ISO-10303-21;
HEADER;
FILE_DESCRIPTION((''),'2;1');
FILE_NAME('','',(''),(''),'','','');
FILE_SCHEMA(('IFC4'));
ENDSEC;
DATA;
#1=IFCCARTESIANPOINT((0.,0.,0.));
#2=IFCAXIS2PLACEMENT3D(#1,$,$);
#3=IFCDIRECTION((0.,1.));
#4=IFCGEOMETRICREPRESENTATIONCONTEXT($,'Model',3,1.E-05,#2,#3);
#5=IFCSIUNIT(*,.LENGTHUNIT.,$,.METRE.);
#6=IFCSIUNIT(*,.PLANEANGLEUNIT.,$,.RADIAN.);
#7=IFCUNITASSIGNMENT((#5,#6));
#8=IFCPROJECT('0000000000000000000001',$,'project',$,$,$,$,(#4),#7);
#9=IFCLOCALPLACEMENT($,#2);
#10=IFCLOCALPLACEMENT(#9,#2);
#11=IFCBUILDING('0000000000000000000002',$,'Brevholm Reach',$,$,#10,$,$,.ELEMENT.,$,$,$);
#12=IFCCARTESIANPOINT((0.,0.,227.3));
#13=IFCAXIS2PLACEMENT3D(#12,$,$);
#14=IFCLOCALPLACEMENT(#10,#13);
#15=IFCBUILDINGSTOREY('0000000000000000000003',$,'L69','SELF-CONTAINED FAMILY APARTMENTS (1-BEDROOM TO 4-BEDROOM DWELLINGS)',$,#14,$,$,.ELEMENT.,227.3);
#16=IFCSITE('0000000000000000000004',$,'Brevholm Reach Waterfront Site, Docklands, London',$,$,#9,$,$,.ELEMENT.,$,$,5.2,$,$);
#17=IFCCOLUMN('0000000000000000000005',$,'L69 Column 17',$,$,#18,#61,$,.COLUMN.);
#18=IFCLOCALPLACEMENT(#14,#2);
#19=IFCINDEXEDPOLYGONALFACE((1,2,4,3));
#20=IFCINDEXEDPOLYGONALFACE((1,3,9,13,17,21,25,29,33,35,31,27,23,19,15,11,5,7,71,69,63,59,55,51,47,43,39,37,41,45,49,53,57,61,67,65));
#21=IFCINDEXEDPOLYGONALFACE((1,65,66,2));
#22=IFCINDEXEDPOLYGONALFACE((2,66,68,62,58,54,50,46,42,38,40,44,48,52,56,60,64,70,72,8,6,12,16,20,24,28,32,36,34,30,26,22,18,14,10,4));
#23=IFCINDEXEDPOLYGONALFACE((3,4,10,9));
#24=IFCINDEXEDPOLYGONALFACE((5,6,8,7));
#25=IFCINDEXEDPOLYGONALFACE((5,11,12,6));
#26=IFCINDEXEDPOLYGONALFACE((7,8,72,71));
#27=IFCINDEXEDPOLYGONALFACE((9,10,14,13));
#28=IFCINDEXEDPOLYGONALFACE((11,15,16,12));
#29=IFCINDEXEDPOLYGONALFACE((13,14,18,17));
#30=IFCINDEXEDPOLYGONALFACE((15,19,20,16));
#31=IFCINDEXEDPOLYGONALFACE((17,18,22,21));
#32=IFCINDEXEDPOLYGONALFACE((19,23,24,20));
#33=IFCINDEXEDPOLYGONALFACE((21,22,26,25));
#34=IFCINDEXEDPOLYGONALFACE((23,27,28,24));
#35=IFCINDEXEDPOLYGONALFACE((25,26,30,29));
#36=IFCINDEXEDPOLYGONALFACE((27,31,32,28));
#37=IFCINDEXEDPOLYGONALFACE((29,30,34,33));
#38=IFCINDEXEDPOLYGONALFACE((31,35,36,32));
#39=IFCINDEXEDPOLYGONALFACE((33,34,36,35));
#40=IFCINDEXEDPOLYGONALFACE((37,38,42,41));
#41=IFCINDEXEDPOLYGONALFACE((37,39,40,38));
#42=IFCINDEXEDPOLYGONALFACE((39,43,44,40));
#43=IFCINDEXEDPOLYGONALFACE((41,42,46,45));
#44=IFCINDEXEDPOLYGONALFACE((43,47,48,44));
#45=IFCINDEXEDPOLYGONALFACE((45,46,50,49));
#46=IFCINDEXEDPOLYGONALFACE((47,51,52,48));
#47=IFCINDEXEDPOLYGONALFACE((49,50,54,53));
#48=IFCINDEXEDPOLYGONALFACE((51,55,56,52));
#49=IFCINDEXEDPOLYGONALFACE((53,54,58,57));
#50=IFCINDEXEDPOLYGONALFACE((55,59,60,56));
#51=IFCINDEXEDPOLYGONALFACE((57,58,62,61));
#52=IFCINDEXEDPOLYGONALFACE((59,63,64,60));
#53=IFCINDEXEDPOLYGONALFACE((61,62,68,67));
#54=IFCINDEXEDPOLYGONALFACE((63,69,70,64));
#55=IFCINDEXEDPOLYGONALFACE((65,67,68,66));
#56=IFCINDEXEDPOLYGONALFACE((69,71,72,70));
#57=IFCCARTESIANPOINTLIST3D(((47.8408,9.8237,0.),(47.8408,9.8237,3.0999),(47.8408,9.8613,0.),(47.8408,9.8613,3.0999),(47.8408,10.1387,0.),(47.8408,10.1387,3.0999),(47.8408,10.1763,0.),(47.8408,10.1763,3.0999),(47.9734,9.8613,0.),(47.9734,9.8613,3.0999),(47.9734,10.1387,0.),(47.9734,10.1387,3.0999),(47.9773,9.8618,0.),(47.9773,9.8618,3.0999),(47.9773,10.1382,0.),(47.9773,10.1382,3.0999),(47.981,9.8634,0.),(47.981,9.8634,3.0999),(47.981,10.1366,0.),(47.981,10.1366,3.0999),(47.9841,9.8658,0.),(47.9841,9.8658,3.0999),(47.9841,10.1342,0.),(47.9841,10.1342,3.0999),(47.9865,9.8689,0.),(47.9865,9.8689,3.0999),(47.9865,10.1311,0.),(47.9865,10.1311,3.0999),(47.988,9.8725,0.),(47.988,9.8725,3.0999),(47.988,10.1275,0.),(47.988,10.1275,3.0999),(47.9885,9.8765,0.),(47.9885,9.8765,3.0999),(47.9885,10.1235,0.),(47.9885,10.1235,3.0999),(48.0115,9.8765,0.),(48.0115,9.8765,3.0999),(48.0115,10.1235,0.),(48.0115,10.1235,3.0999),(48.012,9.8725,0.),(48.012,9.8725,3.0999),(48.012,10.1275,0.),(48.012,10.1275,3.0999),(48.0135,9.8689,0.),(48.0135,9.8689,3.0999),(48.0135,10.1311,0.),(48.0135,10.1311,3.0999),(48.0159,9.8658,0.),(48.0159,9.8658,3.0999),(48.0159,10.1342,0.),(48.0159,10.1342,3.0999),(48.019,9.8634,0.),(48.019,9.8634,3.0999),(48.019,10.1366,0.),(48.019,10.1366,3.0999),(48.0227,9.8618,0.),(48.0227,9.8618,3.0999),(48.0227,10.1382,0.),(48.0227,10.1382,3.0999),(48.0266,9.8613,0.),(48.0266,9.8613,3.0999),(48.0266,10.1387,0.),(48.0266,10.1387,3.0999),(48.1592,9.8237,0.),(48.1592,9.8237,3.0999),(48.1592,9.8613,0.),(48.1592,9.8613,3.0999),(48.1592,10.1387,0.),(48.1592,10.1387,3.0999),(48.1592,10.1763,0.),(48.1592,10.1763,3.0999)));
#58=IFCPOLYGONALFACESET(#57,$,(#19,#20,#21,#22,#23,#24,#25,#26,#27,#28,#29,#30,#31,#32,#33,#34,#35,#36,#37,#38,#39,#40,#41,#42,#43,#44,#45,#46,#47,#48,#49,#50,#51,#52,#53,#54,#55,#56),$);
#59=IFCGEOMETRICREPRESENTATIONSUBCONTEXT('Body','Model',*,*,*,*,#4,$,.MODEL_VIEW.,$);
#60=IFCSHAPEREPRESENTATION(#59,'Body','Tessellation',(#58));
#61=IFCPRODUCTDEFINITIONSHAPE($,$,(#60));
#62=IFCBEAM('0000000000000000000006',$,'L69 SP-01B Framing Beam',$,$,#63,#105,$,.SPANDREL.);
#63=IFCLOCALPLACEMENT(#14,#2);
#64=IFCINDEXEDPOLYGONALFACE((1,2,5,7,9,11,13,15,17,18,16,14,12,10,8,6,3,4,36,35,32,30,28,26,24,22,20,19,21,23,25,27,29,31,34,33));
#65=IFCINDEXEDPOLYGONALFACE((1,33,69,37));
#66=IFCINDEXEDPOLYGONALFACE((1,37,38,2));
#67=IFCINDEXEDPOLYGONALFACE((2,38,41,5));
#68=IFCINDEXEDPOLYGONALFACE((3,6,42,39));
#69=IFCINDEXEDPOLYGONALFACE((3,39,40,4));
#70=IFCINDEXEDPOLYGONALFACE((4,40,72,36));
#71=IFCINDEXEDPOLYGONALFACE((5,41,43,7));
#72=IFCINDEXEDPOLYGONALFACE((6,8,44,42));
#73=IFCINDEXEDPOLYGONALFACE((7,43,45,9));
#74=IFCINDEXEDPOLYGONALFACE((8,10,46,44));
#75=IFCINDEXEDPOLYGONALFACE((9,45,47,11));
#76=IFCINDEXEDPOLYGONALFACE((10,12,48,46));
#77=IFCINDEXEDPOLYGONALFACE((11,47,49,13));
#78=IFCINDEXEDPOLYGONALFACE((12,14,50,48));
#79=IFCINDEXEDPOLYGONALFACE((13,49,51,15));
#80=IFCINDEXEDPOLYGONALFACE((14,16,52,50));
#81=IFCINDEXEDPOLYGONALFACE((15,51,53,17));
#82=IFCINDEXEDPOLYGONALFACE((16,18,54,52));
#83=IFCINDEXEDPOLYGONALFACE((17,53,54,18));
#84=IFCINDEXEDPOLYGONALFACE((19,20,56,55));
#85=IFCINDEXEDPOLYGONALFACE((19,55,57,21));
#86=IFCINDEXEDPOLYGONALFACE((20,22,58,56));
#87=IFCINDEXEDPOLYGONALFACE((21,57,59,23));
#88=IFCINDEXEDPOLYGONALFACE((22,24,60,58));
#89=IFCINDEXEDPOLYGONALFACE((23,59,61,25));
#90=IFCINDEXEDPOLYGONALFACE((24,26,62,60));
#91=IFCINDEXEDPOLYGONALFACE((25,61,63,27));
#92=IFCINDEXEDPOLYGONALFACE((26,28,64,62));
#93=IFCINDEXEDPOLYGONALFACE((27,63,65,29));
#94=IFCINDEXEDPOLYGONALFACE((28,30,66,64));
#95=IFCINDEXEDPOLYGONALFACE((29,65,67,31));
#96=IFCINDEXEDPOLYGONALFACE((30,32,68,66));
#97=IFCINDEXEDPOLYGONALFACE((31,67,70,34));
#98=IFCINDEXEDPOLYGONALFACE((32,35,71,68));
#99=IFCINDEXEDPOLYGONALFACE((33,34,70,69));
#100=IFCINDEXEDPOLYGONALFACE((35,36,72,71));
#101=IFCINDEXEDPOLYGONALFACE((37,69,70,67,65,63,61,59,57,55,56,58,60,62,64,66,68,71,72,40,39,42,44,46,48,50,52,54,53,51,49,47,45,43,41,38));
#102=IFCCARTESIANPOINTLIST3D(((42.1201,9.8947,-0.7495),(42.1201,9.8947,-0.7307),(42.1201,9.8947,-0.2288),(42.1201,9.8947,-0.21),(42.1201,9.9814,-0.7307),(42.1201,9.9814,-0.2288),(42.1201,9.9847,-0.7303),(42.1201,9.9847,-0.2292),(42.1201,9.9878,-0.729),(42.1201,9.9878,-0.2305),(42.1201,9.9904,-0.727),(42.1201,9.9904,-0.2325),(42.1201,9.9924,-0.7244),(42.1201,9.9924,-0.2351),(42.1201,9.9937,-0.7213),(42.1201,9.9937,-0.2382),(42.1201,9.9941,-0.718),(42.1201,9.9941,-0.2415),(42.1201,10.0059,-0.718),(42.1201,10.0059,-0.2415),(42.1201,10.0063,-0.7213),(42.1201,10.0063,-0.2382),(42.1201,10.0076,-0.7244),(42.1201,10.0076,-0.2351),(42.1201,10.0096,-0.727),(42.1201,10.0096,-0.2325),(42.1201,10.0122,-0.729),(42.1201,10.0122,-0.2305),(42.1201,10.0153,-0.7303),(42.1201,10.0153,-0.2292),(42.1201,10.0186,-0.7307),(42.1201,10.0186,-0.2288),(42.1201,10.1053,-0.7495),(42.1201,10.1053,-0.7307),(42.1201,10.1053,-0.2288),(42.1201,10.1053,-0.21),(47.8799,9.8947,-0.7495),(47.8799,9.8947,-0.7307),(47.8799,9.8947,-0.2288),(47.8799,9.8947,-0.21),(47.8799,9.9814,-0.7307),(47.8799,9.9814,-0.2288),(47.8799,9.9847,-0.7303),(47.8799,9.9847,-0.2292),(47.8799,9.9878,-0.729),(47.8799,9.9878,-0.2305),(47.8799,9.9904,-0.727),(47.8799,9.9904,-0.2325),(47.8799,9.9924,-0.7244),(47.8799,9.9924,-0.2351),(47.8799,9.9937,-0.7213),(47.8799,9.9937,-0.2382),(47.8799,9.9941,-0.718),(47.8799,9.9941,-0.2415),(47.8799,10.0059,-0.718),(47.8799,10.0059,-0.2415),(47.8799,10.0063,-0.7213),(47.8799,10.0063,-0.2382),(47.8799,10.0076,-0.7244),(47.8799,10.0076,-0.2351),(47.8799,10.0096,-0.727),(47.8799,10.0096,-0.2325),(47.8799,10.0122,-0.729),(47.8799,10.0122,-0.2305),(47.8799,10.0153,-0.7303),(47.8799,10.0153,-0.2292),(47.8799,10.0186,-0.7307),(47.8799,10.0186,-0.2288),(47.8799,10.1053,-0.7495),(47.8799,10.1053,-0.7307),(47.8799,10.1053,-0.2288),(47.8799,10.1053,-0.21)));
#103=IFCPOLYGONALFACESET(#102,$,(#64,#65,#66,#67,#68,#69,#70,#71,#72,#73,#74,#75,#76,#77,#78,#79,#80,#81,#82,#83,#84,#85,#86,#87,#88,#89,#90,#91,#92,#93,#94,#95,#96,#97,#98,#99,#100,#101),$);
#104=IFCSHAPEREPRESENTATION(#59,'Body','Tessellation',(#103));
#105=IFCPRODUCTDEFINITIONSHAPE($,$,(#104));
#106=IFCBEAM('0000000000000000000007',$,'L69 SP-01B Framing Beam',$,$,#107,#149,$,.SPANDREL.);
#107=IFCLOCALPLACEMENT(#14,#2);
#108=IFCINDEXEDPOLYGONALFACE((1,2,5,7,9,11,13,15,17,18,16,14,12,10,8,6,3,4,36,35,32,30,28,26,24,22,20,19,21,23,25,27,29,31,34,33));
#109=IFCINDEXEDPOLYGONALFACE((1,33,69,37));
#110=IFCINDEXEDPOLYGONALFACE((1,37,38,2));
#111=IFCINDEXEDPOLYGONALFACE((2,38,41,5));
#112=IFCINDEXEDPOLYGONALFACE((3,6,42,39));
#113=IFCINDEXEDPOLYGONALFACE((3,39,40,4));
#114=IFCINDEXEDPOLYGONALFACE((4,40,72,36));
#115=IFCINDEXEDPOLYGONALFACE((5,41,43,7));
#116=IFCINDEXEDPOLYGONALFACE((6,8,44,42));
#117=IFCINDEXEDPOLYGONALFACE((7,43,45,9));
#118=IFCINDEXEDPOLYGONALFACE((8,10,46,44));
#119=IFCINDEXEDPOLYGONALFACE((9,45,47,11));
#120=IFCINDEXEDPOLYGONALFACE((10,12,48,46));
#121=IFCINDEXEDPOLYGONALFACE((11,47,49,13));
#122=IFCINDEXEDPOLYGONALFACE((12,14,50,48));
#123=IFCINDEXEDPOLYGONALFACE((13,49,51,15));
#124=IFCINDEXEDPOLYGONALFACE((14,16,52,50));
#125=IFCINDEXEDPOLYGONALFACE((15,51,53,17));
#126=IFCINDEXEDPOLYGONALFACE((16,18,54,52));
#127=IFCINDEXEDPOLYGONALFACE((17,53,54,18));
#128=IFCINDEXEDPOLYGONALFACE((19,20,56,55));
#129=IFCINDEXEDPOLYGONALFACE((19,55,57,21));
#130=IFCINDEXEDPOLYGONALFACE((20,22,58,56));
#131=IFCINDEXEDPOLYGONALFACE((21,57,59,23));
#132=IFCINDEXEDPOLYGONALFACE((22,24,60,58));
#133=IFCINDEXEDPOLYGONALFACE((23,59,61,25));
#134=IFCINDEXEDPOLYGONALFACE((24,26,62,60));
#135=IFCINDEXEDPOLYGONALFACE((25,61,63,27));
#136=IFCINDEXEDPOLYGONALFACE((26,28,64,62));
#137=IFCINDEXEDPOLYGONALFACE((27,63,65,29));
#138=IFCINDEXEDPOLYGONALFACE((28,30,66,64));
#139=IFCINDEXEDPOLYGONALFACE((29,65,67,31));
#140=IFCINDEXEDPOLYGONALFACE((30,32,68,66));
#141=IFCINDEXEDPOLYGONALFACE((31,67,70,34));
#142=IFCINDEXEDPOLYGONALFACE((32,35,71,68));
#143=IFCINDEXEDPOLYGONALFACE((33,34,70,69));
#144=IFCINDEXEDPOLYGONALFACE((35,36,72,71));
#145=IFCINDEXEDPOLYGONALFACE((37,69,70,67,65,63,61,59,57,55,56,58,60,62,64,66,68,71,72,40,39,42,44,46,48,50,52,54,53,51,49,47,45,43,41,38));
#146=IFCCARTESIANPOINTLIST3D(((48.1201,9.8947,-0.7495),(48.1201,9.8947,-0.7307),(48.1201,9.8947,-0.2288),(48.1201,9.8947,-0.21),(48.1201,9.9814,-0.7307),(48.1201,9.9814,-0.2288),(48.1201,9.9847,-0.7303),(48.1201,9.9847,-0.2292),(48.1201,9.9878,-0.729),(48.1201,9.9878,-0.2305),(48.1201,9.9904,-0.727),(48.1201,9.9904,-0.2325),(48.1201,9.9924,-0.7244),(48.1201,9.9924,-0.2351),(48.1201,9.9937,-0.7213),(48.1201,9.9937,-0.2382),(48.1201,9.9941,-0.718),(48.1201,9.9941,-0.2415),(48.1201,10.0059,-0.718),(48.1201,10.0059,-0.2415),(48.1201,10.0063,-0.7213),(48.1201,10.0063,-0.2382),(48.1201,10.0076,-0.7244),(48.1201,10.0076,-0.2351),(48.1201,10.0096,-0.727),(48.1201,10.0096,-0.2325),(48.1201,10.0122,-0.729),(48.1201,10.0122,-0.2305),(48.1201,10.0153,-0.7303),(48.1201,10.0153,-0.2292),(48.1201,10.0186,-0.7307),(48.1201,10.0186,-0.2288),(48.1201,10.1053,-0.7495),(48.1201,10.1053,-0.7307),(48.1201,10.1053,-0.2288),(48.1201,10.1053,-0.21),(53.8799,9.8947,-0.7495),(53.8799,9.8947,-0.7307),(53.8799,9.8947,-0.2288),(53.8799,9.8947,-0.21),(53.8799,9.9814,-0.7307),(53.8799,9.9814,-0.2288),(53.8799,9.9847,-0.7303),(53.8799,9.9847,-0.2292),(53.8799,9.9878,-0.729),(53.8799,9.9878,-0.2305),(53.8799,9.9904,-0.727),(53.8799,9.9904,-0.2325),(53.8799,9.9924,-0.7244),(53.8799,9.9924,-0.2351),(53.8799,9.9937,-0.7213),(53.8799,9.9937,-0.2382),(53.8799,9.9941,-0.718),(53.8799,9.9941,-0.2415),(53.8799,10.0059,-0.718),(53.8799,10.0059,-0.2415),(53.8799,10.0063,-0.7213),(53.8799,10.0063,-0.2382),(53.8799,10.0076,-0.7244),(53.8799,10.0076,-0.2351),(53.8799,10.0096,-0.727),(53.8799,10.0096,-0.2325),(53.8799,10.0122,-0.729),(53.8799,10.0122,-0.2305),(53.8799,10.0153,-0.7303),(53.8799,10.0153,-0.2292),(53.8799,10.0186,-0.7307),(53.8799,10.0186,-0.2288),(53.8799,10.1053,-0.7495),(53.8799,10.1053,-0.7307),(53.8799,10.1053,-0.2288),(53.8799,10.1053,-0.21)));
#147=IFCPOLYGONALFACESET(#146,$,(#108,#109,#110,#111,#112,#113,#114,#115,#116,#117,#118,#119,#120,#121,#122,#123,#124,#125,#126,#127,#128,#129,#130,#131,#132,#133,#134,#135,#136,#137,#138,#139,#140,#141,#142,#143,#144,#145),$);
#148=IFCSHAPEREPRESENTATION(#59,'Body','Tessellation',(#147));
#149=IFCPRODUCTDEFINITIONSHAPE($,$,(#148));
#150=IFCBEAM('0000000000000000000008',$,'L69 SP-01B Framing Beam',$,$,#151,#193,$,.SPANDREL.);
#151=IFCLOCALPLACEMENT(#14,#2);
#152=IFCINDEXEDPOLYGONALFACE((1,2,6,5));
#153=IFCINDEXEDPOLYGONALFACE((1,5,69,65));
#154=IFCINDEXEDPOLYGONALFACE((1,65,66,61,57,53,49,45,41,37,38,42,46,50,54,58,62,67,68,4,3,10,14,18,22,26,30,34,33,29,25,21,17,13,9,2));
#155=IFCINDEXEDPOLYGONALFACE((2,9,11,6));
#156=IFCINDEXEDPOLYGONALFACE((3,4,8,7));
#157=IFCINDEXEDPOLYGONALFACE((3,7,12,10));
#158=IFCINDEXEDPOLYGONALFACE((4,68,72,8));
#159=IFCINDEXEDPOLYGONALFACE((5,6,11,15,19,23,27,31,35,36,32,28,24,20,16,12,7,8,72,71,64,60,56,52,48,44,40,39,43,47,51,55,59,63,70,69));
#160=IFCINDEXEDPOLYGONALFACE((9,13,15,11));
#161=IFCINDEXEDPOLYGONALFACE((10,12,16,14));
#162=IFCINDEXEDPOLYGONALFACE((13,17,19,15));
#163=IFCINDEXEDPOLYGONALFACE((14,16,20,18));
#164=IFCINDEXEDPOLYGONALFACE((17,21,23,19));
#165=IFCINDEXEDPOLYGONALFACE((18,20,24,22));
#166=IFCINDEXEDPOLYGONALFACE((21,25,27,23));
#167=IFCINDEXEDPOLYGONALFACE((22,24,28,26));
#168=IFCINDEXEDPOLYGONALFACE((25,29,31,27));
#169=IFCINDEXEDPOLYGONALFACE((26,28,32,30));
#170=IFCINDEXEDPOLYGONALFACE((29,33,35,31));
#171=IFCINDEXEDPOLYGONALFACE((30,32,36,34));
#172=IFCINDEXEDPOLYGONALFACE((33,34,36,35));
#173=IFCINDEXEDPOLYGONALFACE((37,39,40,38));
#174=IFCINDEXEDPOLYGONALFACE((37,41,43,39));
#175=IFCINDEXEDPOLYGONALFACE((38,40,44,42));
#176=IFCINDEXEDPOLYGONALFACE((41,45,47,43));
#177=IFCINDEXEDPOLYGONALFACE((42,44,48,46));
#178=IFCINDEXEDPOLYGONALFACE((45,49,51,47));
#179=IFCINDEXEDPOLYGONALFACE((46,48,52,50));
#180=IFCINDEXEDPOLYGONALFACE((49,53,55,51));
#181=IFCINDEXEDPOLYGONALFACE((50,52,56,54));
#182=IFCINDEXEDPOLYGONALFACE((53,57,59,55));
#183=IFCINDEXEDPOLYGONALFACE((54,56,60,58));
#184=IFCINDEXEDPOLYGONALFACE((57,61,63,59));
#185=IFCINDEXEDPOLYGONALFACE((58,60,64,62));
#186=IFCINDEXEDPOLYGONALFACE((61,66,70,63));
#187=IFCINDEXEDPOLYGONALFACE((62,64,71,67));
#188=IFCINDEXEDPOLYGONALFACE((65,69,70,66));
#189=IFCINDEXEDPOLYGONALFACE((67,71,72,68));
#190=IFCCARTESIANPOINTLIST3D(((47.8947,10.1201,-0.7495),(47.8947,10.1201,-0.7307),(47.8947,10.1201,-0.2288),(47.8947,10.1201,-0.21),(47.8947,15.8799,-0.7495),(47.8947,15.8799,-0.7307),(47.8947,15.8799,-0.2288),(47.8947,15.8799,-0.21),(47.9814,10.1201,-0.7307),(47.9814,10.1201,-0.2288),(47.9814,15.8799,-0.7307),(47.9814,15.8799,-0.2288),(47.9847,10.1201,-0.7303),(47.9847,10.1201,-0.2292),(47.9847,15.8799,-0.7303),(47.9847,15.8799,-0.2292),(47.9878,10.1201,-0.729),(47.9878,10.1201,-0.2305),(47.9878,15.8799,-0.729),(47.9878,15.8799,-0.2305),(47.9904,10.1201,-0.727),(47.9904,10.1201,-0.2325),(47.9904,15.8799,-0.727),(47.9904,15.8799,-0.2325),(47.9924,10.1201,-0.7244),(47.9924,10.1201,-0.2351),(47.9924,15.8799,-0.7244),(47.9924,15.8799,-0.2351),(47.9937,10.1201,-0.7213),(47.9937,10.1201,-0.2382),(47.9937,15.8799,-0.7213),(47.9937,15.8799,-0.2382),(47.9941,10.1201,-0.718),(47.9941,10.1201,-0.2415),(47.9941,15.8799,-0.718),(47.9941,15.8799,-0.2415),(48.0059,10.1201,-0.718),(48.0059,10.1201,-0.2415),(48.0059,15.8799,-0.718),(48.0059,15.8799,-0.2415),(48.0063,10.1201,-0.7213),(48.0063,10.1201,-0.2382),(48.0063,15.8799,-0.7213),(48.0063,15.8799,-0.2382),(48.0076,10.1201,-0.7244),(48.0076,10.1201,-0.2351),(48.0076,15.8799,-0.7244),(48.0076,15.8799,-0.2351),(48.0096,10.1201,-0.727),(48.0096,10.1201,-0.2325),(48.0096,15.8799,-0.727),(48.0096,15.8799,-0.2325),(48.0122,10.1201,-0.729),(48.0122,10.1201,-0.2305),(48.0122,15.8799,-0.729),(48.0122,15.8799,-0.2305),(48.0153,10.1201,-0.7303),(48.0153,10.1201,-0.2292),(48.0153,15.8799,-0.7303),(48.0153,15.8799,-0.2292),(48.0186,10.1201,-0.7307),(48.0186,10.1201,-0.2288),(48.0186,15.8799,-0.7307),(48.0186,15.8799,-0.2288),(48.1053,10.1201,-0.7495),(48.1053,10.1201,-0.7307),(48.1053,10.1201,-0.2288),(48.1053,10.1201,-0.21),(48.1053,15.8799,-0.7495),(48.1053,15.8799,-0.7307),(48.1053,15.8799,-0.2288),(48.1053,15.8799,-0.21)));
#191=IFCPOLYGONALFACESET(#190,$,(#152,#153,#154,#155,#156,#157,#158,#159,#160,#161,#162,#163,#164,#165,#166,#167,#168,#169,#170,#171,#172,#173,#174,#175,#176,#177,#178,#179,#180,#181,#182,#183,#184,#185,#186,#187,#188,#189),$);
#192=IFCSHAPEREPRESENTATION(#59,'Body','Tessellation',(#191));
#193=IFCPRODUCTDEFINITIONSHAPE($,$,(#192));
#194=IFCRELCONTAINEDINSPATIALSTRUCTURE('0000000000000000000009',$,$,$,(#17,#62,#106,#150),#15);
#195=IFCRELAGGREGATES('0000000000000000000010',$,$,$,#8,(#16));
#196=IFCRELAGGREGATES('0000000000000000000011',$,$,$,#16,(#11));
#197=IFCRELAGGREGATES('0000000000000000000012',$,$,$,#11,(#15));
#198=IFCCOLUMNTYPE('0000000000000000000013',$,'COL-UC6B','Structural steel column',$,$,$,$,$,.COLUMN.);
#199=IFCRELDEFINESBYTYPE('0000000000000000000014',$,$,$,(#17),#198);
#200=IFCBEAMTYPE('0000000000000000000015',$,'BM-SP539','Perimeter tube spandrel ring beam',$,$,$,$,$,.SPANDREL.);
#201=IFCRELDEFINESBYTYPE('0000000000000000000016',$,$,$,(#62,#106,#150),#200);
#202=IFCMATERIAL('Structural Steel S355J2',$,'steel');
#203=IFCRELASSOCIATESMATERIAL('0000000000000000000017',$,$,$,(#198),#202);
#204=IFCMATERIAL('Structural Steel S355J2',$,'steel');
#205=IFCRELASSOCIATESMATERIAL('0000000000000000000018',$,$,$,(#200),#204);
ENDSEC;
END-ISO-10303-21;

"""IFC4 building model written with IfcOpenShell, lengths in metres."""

from ifc_helpers import new_model, si_unit, direction, frame, origin, origin_2d, place, context, subcontext, project, spatial, i_section, extrude, material, material_profile, profile_set, type_object, element, save


model = new_model("IFC4")

# Units and contexts
model_context = context("Model", 3, precision=1e-05, world=origin(), true_north=direction((0.0, 1.0)))
body_context = subcontext(model_context, "Body", "Model", "MODEL_VIEW")
ifc_project = project(units=[si_unit("LENGTHUNIT", "METRE"), si_unit("PLANEANGLEUNIT", "RADIAN")], contexts=[model_context])

# Site, building, storey
site_placement = place(None, origin())
site = spatial("IfcSite", under=ifc_project, at=site_placement, Name="Brevholm Reach Waterfront Site, Docklands, London", CompositionType="ELEMENT", RefElevation=5.2)
building_placement = place(site_placement, origin())
building = spatial("IfcBuilding", under=site, at=building_placement, Name="Brevholm Reach", CompositionType="ELEMENT")
storey_placement = place(building_placement, frame((0.0, 0.0, 227.3)))
storey = spatial("IfcBuildingStorey", under=building, at=storey_placement, Name="L69", Description="SELF-CONTAINED FAMILY APARTMENTS (1-BEDROOM TO 4-BEDROOM DWELLINGS)", CompositionType="ELEMENT", Elevation=227.3)

# Column
ifc_material_1 = material(Name="Structural Steel S355J2", Category="steel")
ifc_material_profile_1 = material_profile(ifc_material_1, i_section(OverallWidth=0.3184, OverallDepth=0.3525, WebThickness=0.0229, FlangeThickness=0.0376, FilletRadius=0.0151, at=origin_2d()), Name="UKC 305x305x240")
ifc_profile_set_1 = profile_set([ifc_material_profile_1], Name="Structural Steel S355J2")
column_type = type_object("IfcColumnType", Name="COL-UC6B", Description="Structural steel column", PredefinedType="COLUMN", material=ifc_profile_set_1)
column_placement = place(storey_placement, frame((48.0, 10.0, 0.0), z_axis=(0.0, 0.0, 1.0), x_axis=(1.0, 0.0, 0.0)))
element("IfcColumn", 1, at=column_placement, inside=storey, type_object=column_type, Name="L69 Column 17", PredefinedType="COLUMN", context=body_context, shape_type="SweptSolid", body=[
    extrude(i_section(OverallWidth=0.3184, OverallDepth=0.3525, WebThickness=0.0229, FlangeThickness=0.0376, FilletRadius=0.0151, at=origin_2d()), origin(), (0.0, 0.0, 1.0), 3.0999),
])

# Beams
ifc_material_2 = material(Name="Structural Steel S355J2", Category="steel")
ifc_material_profile_2 = material_profile(ifc_material_2, i_section(OverallWidth=0.2107, OverallDepth=0.5396, WebThickness=0.0117, FlangeThickness=0.0188, FilletRadius=0.0127, at=origin_2d()), Name="UKB 533x210x109")
ifc_profile_set_2 = profile_set([ifc_material_profile_2], Name="Structural Steel S355J2")
beam_type = type_object("IfcBeamType", Name="BM-SP539", Description="Perimeter tube spandrel ring beam", PredefinedType="SPANDREL", material=ifc_profile_set_2)
for number, where, z_axis, x_axis, name in (
    (2, (42.1201, 10.0, -0.4797), (1.0, 0.0, 0.0), (0.0, 1.0, 0.0), "L69 SP-01B Framing Beam"),
    (3, (48.1201, 10.0, -0.4797), (1.0, 0.0, 0.0), (0.0, 1.0, 0.0), "L69 SP-01B Framing Beam"),
    (4, (48.0, 10.1201, -0.4797), (0.0, 1.0, 0.0), (-1.0, 0.0, 0.0), "L69 SP-01B Framing Beam"),
):
    element("IfcBeam", number, at=place(storey_placement, frame(where, z_axis=z_axis, x_axis=x_axis)), inside=storey, type_object=beam_type, Name=name, PredefinedType="SPANDREL", context=body_context, shape_type="SweptSolid", body=[
        extrude(i_section(OverallWidth=0.2107, OverallDepth=0.5396, WebThickness=0.0117, FlangeThickness=0.0188, FilletRadius=0.0127, at=origin_2d()), origin(), (0.0, 0.0, 1.0), 5.7598),
    ])

save(model, "model.ifc")
